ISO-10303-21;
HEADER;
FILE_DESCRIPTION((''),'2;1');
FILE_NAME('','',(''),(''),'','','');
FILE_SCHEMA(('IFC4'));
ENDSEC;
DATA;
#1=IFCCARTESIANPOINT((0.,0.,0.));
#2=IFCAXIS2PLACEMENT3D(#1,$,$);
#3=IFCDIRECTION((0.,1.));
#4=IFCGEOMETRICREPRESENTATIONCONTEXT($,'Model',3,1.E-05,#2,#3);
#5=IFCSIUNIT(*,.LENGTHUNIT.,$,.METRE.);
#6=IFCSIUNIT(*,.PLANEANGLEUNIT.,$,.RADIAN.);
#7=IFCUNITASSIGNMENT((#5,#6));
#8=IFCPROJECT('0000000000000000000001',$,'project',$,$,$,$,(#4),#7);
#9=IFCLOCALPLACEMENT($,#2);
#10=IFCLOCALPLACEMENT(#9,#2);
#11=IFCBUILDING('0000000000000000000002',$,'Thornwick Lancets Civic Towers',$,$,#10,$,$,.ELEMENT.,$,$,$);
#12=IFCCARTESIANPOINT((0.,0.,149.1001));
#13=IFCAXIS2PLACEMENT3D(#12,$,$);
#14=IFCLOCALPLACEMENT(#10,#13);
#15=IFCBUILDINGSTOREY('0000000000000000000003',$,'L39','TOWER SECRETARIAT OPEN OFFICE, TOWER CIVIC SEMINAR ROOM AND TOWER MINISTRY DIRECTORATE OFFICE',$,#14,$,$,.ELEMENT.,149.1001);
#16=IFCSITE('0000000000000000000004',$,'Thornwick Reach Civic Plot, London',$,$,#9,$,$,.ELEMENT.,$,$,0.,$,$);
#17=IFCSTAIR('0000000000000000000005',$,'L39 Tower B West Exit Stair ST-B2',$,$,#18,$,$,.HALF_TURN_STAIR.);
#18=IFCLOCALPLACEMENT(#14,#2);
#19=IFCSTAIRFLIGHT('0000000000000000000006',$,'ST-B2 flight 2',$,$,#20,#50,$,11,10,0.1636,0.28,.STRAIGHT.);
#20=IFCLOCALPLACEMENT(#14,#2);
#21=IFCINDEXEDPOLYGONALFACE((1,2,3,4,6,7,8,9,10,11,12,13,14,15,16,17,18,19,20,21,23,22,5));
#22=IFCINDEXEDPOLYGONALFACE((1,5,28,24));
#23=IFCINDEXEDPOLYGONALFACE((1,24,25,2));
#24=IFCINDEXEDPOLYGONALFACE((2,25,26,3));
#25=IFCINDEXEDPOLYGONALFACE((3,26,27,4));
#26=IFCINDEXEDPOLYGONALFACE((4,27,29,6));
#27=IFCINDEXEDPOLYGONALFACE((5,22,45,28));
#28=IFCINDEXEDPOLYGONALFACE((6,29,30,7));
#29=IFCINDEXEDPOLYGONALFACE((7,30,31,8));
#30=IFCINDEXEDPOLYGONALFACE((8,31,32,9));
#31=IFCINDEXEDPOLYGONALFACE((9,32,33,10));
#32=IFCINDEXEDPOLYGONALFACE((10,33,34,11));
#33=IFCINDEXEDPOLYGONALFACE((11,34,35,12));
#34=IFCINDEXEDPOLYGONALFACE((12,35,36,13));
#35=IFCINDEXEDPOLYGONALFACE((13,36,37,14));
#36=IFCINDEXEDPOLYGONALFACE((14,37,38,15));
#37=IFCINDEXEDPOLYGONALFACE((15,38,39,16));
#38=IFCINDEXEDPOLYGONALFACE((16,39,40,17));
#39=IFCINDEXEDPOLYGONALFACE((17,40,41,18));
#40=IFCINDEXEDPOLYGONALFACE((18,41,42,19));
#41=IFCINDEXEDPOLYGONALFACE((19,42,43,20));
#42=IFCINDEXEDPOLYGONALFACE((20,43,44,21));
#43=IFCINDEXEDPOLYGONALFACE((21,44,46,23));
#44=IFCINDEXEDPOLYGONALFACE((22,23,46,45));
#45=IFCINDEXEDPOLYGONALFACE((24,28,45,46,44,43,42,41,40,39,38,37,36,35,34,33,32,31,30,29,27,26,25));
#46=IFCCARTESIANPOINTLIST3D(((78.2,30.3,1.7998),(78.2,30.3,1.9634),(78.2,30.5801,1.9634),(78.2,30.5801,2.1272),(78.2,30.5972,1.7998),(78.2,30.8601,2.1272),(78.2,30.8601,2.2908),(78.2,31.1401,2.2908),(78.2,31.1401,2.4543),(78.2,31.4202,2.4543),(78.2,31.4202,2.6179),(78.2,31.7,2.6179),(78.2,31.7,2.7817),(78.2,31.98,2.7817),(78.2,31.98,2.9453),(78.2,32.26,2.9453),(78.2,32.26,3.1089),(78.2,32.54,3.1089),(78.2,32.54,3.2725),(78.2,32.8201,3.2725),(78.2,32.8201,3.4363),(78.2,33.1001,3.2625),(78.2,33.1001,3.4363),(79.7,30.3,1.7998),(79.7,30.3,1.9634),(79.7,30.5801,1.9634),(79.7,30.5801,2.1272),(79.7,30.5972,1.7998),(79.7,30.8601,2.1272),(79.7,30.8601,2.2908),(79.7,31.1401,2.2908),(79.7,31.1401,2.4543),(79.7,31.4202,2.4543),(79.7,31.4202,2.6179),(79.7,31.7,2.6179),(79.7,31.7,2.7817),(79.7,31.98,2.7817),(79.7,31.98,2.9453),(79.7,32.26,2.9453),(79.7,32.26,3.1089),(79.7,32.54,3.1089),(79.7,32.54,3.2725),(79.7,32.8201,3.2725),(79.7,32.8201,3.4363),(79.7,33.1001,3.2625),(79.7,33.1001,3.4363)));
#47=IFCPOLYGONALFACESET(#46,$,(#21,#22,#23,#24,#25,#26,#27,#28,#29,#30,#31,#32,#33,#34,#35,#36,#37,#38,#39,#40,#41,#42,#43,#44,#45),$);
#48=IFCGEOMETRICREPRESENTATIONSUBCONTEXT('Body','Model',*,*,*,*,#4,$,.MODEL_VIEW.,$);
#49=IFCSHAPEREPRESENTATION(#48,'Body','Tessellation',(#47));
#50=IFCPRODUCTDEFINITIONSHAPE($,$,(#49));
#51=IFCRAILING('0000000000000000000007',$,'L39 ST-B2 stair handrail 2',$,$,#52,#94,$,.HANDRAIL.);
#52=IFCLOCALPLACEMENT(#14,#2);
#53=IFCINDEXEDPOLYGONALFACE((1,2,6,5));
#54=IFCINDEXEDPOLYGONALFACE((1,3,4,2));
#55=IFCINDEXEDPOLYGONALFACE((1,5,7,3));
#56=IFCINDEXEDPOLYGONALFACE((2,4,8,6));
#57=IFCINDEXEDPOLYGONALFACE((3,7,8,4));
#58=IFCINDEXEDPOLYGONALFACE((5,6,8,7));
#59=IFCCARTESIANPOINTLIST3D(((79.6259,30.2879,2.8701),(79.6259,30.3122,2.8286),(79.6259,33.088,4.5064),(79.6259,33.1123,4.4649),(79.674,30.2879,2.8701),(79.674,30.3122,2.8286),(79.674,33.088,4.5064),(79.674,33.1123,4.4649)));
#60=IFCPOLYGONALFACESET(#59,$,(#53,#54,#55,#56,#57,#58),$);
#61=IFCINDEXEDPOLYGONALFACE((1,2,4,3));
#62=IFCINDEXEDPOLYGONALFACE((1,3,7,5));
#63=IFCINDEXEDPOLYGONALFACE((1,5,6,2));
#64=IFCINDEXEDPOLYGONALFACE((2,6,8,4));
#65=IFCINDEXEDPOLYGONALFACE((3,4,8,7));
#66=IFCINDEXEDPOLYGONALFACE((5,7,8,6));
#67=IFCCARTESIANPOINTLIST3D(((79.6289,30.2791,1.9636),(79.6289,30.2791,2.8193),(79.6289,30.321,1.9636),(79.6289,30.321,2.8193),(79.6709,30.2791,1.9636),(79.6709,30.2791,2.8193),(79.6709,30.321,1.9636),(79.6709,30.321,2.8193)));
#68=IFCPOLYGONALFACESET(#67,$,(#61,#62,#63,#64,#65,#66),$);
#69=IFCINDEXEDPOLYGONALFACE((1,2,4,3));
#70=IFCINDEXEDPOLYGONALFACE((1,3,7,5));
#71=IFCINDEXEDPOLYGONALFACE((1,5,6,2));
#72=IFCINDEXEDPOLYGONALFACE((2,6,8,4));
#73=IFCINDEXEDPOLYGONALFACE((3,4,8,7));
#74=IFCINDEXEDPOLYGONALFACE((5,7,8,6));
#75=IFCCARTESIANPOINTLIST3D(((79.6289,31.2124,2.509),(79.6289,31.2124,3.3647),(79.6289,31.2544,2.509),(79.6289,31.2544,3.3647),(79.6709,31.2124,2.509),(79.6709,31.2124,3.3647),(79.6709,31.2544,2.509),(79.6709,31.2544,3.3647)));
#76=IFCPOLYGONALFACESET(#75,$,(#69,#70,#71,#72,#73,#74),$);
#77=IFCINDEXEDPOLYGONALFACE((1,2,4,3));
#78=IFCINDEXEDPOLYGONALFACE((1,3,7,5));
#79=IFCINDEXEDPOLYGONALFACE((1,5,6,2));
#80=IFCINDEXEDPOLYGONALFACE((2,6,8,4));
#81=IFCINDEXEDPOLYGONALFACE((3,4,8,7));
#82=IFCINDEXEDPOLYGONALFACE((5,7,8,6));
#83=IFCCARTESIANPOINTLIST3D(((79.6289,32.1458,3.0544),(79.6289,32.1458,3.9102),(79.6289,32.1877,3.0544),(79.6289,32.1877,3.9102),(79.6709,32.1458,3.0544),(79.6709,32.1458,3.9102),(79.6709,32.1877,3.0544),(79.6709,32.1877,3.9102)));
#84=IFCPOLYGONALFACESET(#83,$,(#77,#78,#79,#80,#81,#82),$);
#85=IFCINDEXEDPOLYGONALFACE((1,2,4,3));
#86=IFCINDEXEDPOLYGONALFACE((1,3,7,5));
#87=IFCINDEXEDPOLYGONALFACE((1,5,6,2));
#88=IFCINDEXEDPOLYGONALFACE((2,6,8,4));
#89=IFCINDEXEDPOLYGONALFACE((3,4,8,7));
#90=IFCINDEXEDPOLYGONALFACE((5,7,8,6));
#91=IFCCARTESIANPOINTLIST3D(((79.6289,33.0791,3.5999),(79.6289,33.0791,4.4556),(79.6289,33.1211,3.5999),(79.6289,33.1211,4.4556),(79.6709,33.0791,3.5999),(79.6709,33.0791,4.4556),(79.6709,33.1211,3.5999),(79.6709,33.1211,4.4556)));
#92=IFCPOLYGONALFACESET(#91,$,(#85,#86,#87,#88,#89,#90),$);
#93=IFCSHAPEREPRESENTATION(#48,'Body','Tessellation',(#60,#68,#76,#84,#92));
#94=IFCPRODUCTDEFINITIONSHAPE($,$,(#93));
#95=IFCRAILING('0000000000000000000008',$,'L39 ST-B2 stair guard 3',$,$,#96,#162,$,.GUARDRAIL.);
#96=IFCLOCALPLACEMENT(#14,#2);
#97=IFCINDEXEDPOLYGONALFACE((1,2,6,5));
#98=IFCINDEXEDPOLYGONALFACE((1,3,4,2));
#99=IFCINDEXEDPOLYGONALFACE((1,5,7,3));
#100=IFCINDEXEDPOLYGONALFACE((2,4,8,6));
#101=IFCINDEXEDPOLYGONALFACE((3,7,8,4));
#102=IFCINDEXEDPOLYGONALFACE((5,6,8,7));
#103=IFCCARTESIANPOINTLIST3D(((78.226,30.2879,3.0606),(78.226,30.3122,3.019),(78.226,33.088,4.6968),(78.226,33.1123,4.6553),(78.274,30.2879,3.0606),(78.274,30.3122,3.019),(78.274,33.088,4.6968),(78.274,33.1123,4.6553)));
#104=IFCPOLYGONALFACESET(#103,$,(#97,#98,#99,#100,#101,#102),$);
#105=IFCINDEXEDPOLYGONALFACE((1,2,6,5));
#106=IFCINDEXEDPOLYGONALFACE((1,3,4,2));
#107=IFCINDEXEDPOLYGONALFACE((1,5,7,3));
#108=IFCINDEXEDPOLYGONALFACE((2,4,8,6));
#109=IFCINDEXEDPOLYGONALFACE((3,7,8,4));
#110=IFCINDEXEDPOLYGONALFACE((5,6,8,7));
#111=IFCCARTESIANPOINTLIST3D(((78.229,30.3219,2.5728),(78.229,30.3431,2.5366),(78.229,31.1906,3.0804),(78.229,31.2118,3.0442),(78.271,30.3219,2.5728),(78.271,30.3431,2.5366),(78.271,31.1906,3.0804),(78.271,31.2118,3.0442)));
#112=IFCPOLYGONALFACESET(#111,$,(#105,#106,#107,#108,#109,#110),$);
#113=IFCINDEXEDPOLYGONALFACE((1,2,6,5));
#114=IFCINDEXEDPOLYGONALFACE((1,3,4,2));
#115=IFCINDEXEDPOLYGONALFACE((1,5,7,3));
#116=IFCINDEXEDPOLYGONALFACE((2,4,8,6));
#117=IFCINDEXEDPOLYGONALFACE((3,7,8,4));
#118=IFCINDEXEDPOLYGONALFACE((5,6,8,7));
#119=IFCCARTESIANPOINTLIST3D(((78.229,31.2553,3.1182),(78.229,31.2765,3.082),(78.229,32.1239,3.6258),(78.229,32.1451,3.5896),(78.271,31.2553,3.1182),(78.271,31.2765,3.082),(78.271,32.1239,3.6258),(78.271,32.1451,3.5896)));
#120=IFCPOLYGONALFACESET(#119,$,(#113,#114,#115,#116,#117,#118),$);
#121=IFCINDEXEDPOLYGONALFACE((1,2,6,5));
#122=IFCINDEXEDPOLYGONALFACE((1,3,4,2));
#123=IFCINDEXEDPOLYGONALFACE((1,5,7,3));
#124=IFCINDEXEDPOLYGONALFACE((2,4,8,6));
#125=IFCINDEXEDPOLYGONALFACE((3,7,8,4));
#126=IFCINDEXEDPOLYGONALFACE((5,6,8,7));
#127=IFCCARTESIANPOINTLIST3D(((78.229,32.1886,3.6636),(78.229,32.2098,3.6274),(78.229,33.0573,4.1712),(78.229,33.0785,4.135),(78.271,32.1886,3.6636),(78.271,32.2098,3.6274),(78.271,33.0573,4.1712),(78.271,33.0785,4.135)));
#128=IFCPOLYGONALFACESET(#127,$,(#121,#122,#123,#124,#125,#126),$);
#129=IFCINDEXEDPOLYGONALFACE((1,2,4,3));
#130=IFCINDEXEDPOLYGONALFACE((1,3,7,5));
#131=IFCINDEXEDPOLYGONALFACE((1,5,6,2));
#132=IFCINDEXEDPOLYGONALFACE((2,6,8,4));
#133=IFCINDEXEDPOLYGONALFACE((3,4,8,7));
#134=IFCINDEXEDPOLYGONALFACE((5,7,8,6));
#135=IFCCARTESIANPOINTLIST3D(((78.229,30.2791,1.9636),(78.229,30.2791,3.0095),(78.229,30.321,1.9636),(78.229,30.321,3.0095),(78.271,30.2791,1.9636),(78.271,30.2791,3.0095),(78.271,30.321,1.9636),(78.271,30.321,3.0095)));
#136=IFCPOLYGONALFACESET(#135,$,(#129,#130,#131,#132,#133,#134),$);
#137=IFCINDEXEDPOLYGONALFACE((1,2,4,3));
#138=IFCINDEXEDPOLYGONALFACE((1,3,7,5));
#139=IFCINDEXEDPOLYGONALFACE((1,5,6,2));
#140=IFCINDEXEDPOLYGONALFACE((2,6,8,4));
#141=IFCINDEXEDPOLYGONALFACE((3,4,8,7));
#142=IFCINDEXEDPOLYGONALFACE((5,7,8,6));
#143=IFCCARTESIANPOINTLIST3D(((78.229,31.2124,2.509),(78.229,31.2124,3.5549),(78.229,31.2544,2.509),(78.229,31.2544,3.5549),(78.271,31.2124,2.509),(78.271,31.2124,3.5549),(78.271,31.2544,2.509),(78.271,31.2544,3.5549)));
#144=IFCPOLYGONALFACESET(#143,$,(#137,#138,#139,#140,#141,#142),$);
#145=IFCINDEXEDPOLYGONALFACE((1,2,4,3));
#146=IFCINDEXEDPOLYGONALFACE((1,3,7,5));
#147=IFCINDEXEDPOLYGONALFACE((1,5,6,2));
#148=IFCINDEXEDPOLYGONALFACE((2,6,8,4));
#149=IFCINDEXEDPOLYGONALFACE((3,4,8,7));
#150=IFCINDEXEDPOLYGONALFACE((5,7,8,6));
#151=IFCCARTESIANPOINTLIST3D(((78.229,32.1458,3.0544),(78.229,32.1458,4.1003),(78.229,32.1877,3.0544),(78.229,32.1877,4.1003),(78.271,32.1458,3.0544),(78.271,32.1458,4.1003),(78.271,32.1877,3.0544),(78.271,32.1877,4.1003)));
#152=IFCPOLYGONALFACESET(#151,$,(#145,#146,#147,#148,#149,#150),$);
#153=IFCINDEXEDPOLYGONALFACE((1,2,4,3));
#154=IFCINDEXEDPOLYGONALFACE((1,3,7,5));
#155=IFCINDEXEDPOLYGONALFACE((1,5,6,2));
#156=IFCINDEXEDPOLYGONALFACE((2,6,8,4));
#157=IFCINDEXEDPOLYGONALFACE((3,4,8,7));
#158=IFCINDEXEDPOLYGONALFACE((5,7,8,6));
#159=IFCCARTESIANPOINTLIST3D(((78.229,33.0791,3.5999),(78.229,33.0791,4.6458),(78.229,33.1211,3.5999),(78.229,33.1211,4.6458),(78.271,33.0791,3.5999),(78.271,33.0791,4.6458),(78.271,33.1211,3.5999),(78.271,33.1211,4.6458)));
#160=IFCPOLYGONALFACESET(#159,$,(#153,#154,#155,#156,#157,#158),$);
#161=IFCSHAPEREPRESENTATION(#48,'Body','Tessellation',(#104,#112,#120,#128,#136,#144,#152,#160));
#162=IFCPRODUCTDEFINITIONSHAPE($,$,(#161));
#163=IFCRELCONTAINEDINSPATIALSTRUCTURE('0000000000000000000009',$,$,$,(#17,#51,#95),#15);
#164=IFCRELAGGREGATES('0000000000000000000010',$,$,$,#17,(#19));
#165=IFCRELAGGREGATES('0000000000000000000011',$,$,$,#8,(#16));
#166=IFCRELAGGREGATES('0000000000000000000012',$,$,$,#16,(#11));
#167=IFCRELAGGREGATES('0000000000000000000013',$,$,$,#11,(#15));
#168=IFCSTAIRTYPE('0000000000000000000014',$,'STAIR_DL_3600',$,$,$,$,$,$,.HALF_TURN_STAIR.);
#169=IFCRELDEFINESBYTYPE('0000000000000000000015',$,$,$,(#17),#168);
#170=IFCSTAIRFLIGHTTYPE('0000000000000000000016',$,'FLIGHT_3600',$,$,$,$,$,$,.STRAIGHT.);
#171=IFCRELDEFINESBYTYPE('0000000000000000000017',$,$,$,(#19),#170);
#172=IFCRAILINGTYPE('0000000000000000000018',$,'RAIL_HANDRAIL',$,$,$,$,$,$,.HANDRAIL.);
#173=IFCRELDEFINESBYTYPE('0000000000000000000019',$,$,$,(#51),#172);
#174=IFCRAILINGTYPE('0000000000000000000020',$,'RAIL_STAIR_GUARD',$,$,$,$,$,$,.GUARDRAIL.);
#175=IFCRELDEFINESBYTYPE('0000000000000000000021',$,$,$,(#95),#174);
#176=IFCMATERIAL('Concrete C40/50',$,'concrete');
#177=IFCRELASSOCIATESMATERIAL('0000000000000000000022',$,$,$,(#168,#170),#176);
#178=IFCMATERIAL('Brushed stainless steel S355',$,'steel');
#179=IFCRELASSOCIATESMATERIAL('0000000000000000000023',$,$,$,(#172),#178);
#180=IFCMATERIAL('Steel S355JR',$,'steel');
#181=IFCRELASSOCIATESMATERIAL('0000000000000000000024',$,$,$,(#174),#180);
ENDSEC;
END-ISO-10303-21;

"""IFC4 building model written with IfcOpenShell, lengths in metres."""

from ifc_helpers import new_model, si_unit, direction, frame, origin, origin_2d, place, context, subcontext, project, spatial, polyline, rectangle, outline, extrude, material, type_object, element, aggregate, save


model = new_model("IFC4")

# Units and contexts
model_context = context("Model", 3, precision=1e-05, world=origin(), true_north=direction((0.0, 1.0)))
body_context = subcontext(model_context, "Body", "Model", "MODEL_VIEW")
ifc_project = project(units=[si_unit("LENGTHUNIT", "METRE"), si_unit("PLANEANGLEUNIT", "RADIAN")], contexts=[model_context])

# Site, building, storey
site_placement = place(None, origin())
site = spatial("IfcSite", under=ifc_project, at=site_placement, Name="Thornwick Reach Civic Plot, London", CompositionType="ELEMENT", RefElevation=0.0)
building_placement = place(site_placement, origin())
building = spatial("IfcBuilding", under=site, at=building_placement, Name="Thornwick Lancets Civic Towers", CompositionType="ELEMENT")
storey_placement = place(building_placement, frame((0.0, 0.0, 149.1001)))
storey = spatial("IfcBuildingStorey", under=building, at=storey_placement, Name="L39", Description="TOWER SECRETARIAT OPEN OFFICE, TOWER CIVIC SEMINAR ROOM AND TOWER MINISTRY DIRECTORATE OFFICE", CompositionType="ELEMENT", Elevation=149.1001)

# Shared definitions
ifc_material_1 = material(Name="Steel S355JR", Category="steel")

# Shared definitions
ifc_material_2 = material(Name="Concrete C40/50", Category="concrete")

# Stair, stair flight
stair_type = type_object("IfcStairType", Name="STAIR_DL_3600", PredefinedType="HALF_TURN_STAIR", material=ifc_material_2)
stair_placement = place(storey_placement, origin())
stair = element("IfcStair", 1, at=stair_placement, inside=storey, type_object=stair_type, Name="L39 Tower B West Exit Stair ST-B2", PredefinedType="HALF_TURN_STAIR")
stair_flight_type = type_object("IfcStairFlightType", Name="FLIGHT_3600", PredefinedType="STRAIGHT", material=ifc_material_2)
stair_flight_placement = place(storey_placement, frame((78.95, 30.3, 1.7998), z_axis=(0.0, 0.0, 1.0), x_axis=(0.0, 1.0, 0.0)))
stair_flight = element("IfcStairFlight", 2, at=stair_flight_placement, type_object=stair_flight_type, Name="ST-B2 flight 2", NumberOfRisers=11, NumberOfTreads=10, PredefinedType="STRAIGHT", RiserHeight=0.1636, TreadLength=0.28, context=body_context, shape_type="SweptSolid", body=[
    extrude(outline(polyline([(0.0, 0.0), (0.0, 0.1636), (0.28, 0.1636), (0.28, 0.3274), (0.5601, 0.3274), (0.5601, 0.491), (0.8401, 0.491), (0.8401, 0.6545), (1.1201, 0.6545), (1.1201, 0.8181), (1.3999, 0.8181), (1.3999, 0.9819), (1.6799, 0.9819), (1.6799, 1.1455), (1.96, 1.1455), (1.96, 1.3091), (2.24, 1.3091), (2.24, 1.4727), (2.52, 1.4727), (2.52, 1.6365), (2.8, 1.6365), (2.8, 1.8), (2.8, 1.4626), (0.2971, 0.0), (0.0, 0.0)])), frame((0.0, 0.75, 0.0), z_axis=(0.0, -1.0, 0.0), x_axis=(1.0, 0.0, 0.0)), (0.0, 0.0, 1.0), 1.5),
])
aggregate(stair, [stair_flight])

# Railings
ifc_material_3 = material(Name="Brushed stainless steel S355", Category="steel")
railing_type_1 = type_object("IfcRailingType", Name="RAIL_HANDRAIL", PredefinedType="HANDRAIL", material=ifc_material_3)
railing_1_placement = place(storey_placement, frame((79.6499, 30.3, 1.9636)))
element("IfcRailing", 3, at=railing_1_placement, inside=storey, type_object=railing_type_1, Name="L39 ST-B2 stair handrail 2", PredefinedType="HANDRAIL", context=body_context, shape_type="SweptSolid", body=[
    extrude(rectangle(XDim=0.0481, YDim=0.0481, at=origin_2d()), frame((0.0, 0.0, 0.8857), z_axis=(0.0, 0.863394, 0.504531), x_axis=(-1.0, 0.0, 0.0)), (0.0, 0.0, 1.0), 3.2432),
    extrude(rectangle(XDim=0.042, YDim=0.042, at=origin_2d()), origin(), (0.0, 0.0, 1.0), 0.8557),
    extrude(rectangle(XDim=0.042, YDim=0.042, at=origin_2d()), frame((0.0, 0.9333, 0.5454)), (0.0, 0.0, 1.0), 0.8557),
    extrude(rectangle(XDim=0.042, YDim=0.042, at=origin_2d()), frame((0.0, 1.8667, 1.0908)), (0.0, 0.0, 1.0), 0.8557),
    extrude(rectangle(XDim=0.042, YDim=0.042, at=origin_2d()), frame((0.0, 2.8, 1.6362)), (0.0, 0.0, 1.0), 0.8557),
])
railing_type_2 = type_object("IfcRailingType", Name="RAIL_STAIR_GUARD", PredefinedType="GUARDRAIL", material=ifc_material_1)
railing_2_placement = place(storey_placement, frame((78.25, 30.3, 1.9636)))
element("IfcRailing", 4, at=railing_2_placement, inside=storey, type_object=railing_type_2, Name="L39 ST-B2 stair guard 3", PredefinedType="GUARDRAIL", context=body_context, shape_type="SweptSolid", body=[
    extrude(rectangle(XDim=0.0481, YDim=0.0481, at=origin_2d()), frame((0.0, 0.0, 1.0762), z_axis=(0.0, 0.863394, 0.504531), x_axis=(-1.0, 0.0, 0.0)), (0.0, 0.0, 1.0), 3.2432),
    extrude(rectangle(XDim=0.042, YDim=0.042, at=origin_2d()), frame((0.0, 0.0325, 0.5911), z_axis=(0.0, 0.863394, 0.504531), x_axis=(-1.0, 0.0, 0.0)), (0.0, 0.0, 1.0), 1.0061),
    extrude(rectangle(XDim=0.042, YDim=0.042, at=origin_2d()), frame((0.0, 0.9658, 1.1365), z_axis=(0.0, 0.863394, 0.504531), x_axis=(-1.0, 0.0, 0.0)), (0.0, 0.0, 1.0), 1.0061),
    extrude(rectangle(XDim=0.042, YDim=0.042, at=origin_2d()), frame((0.0, 1.8992, 1.6819), z_axis=(0.0, 0.863394, 0.504531), x_axis=(-1.0, 0.0, 0.0)), (0.0, 0.0, 1.0), 1.0061),
    extrude(rectangle(XDim=0.042, YDim=0.042, at=origin_2d()), origin(), (0.0, 0.0, 1.0), 1.0459),
    extrude(rectangle(XDim=0.042, YDim=0.042, at=origin_2d()), frame((0.0, 0.9333, 0.5454)), (0.0, 0.0, 1.0), 1.0459),
    extrude(rectangle(XDim=0.042, YDim=0.042, at=origin_2d()), frame((0.0, 1.8667, 1.0908)), (0.0, 0.0, 1.0), 1.0459),
    extrude(rectangle(XDim=0.042, YDim=0.042, at=origin_2d()), frame((0.0, 2.8, 1.6362)), (0.0, 0.0, 1.0), 1.0459),
])

save(model, "model.ifc")
